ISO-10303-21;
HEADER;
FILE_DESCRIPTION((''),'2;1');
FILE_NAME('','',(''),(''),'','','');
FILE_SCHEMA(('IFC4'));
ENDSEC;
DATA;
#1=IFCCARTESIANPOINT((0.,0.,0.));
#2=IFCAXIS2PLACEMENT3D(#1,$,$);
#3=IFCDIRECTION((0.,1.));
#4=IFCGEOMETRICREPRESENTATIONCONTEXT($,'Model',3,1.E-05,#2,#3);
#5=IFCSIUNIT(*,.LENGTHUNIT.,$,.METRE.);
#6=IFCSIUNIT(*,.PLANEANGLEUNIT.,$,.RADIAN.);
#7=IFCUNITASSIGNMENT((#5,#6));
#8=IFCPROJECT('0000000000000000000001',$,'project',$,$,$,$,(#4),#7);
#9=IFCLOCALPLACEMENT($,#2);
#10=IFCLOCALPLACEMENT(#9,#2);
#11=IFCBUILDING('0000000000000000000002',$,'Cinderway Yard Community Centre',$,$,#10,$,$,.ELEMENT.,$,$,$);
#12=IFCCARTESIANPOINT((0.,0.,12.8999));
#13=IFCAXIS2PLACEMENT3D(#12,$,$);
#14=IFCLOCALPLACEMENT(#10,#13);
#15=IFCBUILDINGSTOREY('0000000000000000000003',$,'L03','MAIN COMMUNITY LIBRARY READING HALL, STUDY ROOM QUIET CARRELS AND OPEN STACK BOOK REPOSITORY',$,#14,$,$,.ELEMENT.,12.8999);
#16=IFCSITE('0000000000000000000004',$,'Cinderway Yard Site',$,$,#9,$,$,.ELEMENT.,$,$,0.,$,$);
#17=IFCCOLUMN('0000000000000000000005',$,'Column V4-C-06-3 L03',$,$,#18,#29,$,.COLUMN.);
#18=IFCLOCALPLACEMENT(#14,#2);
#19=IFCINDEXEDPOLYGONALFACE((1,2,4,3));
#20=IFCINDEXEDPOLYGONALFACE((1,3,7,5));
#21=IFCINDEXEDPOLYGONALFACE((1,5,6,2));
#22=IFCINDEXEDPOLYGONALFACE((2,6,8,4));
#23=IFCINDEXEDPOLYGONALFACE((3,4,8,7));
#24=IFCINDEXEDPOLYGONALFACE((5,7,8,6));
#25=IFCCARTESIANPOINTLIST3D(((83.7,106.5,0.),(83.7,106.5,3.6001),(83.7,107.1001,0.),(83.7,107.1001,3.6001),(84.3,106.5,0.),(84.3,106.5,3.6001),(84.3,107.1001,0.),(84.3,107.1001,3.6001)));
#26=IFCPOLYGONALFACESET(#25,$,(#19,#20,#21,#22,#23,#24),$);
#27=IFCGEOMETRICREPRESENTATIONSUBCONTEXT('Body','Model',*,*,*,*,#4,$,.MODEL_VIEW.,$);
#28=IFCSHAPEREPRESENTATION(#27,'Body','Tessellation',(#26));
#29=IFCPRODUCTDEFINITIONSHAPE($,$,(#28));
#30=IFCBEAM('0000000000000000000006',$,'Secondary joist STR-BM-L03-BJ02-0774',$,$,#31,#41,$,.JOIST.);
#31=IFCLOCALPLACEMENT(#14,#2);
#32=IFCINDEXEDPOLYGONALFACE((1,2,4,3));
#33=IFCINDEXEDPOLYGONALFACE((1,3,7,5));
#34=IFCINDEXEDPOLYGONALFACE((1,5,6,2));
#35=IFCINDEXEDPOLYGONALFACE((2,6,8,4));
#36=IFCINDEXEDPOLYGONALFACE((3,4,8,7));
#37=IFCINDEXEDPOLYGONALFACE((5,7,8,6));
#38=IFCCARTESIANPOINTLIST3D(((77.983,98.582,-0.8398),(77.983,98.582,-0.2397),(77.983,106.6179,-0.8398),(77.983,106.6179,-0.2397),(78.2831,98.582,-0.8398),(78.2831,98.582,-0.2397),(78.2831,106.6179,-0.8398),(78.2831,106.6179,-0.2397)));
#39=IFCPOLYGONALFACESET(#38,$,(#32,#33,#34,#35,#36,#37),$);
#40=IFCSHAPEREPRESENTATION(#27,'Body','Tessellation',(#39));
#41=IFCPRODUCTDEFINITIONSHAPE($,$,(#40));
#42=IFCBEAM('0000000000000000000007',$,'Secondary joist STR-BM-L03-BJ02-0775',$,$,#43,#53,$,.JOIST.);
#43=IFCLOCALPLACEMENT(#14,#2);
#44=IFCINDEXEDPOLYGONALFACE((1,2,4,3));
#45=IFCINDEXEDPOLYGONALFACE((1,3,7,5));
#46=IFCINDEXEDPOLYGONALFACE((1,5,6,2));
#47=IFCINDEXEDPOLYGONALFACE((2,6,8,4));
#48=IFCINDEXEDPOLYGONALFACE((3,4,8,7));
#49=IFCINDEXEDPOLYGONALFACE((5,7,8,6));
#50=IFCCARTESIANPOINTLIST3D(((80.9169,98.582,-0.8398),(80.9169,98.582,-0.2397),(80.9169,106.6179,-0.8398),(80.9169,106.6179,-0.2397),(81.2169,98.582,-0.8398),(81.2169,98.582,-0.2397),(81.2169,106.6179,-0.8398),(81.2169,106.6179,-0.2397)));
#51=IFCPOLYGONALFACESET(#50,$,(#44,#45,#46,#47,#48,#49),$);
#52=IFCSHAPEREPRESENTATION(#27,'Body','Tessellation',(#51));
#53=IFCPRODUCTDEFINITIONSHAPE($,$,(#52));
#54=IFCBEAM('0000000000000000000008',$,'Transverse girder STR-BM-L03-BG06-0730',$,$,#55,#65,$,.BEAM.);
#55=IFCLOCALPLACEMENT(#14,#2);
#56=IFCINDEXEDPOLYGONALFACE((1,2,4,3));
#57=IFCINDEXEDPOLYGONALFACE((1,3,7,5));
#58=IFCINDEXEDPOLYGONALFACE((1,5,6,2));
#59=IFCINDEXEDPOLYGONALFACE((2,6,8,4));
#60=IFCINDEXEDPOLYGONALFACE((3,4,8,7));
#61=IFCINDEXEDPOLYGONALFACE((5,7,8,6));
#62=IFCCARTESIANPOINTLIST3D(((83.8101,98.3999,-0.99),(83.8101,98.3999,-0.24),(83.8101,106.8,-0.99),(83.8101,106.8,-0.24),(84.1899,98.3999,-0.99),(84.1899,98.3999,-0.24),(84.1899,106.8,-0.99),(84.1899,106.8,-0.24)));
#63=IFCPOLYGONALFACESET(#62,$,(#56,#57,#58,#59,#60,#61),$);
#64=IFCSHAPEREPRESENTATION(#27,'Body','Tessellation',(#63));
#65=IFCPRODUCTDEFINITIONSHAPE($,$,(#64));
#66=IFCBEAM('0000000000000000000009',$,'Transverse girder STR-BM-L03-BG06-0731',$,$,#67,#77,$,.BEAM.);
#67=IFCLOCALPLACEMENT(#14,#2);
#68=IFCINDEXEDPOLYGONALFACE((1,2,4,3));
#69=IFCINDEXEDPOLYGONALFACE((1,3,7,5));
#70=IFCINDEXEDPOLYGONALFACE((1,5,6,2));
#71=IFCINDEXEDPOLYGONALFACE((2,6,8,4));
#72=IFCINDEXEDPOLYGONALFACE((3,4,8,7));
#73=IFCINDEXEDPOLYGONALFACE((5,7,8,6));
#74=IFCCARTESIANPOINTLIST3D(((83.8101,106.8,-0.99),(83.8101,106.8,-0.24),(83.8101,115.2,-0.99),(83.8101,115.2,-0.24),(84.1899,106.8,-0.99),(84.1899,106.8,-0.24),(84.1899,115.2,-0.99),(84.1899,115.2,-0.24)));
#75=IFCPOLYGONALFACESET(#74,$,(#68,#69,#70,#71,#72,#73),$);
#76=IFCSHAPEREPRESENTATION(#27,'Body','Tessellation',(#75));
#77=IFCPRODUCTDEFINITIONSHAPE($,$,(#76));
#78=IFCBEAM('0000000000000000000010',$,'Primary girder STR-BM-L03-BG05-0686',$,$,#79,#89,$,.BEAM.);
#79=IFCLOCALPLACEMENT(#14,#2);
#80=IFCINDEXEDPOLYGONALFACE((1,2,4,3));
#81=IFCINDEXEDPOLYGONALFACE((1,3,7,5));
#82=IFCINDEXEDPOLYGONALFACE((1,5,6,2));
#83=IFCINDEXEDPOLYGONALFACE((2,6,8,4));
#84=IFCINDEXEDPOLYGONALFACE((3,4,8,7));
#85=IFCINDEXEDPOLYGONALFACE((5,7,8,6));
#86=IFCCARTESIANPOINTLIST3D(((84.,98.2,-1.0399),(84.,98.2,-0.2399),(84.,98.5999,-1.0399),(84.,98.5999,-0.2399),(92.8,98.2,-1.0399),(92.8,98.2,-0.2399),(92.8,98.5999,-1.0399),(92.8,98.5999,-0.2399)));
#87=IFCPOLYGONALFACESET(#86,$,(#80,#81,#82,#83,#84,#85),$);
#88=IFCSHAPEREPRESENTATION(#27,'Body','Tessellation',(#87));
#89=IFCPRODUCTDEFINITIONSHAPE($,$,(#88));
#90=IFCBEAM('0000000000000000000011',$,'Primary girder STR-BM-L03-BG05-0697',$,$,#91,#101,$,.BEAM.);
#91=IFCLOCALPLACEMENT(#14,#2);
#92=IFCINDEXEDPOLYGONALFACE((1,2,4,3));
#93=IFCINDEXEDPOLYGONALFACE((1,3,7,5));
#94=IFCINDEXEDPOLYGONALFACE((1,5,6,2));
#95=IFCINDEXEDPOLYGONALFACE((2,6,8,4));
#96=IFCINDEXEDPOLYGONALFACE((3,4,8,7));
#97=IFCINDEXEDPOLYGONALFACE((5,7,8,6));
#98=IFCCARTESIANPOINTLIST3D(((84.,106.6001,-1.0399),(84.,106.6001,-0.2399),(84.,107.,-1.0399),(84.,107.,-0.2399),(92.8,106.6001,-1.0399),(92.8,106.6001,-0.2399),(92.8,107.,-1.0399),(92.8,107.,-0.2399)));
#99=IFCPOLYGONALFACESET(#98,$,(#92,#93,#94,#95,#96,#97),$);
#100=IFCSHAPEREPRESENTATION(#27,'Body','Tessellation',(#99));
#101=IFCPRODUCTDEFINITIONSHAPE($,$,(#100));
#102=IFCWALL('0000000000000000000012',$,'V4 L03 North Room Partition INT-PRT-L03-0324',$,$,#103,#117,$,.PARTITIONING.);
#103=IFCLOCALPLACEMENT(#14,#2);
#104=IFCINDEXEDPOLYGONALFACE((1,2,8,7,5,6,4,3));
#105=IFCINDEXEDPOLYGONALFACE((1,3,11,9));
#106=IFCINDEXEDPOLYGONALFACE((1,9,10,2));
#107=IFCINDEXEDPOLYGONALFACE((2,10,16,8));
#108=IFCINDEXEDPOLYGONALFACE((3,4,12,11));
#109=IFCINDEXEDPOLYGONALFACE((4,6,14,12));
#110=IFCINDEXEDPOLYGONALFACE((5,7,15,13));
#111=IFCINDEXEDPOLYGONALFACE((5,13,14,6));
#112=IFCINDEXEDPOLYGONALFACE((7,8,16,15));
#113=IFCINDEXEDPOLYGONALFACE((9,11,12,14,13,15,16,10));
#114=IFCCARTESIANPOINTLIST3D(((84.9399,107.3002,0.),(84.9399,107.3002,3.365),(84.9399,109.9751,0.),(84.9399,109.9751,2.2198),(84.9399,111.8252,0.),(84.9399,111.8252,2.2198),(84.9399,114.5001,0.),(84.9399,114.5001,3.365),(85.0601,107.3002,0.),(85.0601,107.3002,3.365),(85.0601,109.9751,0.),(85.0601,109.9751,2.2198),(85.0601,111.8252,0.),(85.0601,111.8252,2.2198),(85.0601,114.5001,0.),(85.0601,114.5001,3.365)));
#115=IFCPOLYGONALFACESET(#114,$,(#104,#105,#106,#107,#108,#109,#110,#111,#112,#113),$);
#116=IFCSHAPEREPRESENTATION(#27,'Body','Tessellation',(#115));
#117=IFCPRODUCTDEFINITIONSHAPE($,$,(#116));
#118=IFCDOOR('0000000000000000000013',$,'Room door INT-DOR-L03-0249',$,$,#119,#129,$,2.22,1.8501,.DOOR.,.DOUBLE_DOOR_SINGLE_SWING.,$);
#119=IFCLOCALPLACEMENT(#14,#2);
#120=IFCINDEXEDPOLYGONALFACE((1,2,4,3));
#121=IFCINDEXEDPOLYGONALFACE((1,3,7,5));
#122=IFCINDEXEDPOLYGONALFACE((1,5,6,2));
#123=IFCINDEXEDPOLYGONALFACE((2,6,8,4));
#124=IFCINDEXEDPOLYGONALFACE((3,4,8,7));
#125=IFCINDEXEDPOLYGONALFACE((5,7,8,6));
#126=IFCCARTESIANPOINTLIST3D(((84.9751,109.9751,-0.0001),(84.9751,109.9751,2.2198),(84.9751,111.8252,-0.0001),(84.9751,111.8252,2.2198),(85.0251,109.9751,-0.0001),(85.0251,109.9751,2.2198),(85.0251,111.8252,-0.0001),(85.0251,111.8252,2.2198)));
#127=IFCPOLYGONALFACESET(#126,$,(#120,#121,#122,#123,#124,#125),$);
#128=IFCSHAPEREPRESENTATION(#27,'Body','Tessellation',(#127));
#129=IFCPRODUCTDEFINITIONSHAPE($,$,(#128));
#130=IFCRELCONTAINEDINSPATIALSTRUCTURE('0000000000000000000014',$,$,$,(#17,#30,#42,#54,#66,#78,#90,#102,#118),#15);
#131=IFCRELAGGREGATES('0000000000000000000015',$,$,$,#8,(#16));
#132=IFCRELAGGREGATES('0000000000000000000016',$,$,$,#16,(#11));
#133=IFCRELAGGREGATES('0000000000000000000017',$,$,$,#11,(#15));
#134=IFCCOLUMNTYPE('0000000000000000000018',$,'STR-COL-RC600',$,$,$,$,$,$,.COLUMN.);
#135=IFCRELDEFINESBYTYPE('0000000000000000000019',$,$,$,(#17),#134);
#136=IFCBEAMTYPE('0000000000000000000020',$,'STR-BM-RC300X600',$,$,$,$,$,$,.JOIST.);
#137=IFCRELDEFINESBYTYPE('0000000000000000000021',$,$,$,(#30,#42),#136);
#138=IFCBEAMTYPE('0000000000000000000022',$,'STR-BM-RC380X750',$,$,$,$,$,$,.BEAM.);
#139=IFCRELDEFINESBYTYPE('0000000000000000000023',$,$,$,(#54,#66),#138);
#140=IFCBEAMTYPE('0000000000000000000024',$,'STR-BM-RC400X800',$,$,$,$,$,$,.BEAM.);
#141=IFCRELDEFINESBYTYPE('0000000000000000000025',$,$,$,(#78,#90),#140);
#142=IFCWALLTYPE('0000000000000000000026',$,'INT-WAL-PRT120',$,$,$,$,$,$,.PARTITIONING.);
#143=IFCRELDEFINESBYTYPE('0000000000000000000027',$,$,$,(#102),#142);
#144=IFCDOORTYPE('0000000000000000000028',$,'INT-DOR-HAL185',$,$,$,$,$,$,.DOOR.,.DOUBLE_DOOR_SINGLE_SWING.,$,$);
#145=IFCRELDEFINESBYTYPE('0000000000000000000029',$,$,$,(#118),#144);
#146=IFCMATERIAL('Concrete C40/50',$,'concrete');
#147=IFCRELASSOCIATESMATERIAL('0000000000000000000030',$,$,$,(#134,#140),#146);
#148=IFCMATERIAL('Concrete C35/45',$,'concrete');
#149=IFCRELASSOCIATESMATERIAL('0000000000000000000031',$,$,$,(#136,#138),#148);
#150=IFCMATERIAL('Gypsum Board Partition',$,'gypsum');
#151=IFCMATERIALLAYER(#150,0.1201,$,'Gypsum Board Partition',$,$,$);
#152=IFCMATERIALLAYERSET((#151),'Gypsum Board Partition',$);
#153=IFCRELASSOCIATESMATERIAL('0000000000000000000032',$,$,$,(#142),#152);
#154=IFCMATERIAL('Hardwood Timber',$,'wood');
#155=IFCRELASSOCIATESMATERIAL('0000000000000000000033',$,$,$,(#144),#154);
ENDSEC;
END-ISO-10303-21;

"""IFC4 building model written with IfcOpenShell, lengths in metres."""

from ifc_helpers import new_model, si_unit, direction, frame, frame_2d, origin, origin_2d, place, context, subcontext, project, spatial, rectangle, extrude, material, layer, layer_set, material_profile, profile_set, type_object, element, fill, save


model = new_model("IFC4")

# Units and contexts
model_context = context("Model", 3, precision=1e-05, world=origin(), true_north=direction((0.0, 1.0)))
body_context = subcontext(model_context, "Body", "Model", "MODEL_VIEW")
ifc_project = project(units=[si_unit("LENGTHUNIT", "METRE"), si_unit("PLANEANGLEUNIT", "RADIAN")], contexts=[model_context])

# Site, building, storey
site_placement = place(None, origin())
site = spatial("IfcSite", under=ifc_project, at=site_placement, Name="Cinderway Yard Site", CompositionType="ELEMENT", RefElevation=0.0)
building_placement = place(site_placement, origin())
building = spatial("IfcBuilding", under=site, at=building_placement, Name="Cinderway Yard Community Centre", CompositionType="ELEMENT")
storey_placement = place(building_placement, frame((0.0, 0.0, 12.8999)))
storey = spatial("IfcBuildingStorey", under=building, at=storey_placement, Name="L03", Description="MAIN COMMUNITY LIBRARY READING HALL, STUDY ROOM QUIET CARRELS AND OPEN STACK BOOK REPOSITORY", CompositionType="ELEMENT", Elevation=12.8999)

# Column
ifc_material_1 = material(Name="Concrete C40/50", Category="concrete")
ifc_material_profile_1 = material_profile(ifc_material_1, rectangle(XDim=0.6001, YDim=0.6001, at=origin_2d()), Name="Concrete C40/50")
ifc_profile_set_1 = profile_set([ifc_material_profile_1], Name="Concrete C40/50")
column_type = type_object("IfcColumnType", Name="STR-COL-RC600", PredefinedType="COLUMN", material=ifc_profile_set_1)
column_placement = place(storey_placement, frame((84.0, 106.8, 0.0), z_axis=(0.0, 0.0, 1.0), x_axis=(1.0, 0.0, 0.0)))
element("IfcColumn", 1, at=column_placement, inside=storey, type_object=column_type, Name="Column V4-C-06-3 L03", PredefinedType="COLUMN", context=body_context, shape_type="SweptSolid", body=[
    extrude(rectangle(XDim=0.6001, YDim=0.6001, at=origin_2d()), origin(), (0.0, 0.0, 1.0), 3.6001),
])

# Beams
ifc_material_2 = material(Name="Concrete C35/45", Category="concrete")
ifc_material_profile_2 = material_profile(ifc_material_2, rectangle(XDim=0.3, YDim=0.6001, at=origin_2d()), Name="Concrete C35/45")
ifc_profile_set_2 = profile_set([ifc_material_profile_2], Name="Concrete C35/45")
beam_type_1 = type_object("IfcBeamType", Name="STR-BM-RC300X600", PredefinedType="JOIST", material=ifc_profile_set_2)
for number, where, z_axis, x_axis, name in (
    (2, (78.1331, 98.582, -0.5398), (0.0, 1.0, 0.0), (-1.0, 0.0, 0.0), "Secondary joist STR-BM-L03-BJ02-0774"),
    (3, (81.0669, 98.582, -0.5398), (0.0, 1.0, 0.0), (-1.0, 0.0, 0.0), "Secondary joist STR-BM-L03-BJ02-0775"),
):
    element("IfcBeam", number, at=place(storey_placement, frame(where, z_axis=z_axis, x_axis=x_axis)), inside=storey, type_object=beam_type_1, Name=name, PredefinedType="JOIST", context=body_context, shape_type="SweptSolid", body=[
        extrude(rectangle(XDim=0.3, YDim=0.6001, at=origin_2d()), origin(), (0.0, 0.0, 1.0), 8.0359),
    ])
ifc_material_profile_3 = material_profile(ifc_material_2, rectangle(XDim=0.3799, YDim=0.75, at=origin_2d()), Name="Concrete C35/45")
ifc_profile_set_3 = profile_set([ifc_material_profile_3], Name="Concrete C35/45")
beam_type_2 = type_object("IfcBeamType", Name="STR-BM-RC380X750", PredefinedType="BEAM", material=ifc_profile_set_3)
beam_1_placement = place(storey_placement, frame((84.0, 98.3999, -0.615), z_axis=(0.0, 1.0, 0.0), x_axis=(-1.0, 0.0, 0.0)))
element("IfcBeam", 4, at=beam_1_placement, inside=storey, type_object=beam_type_2, Name="Transverse girder STR-BM-L03-BG06-0730", PredefinedType="BEAM", context=body_context, shape_type="SweptSolid", body=[
    extrude(rectangle(XDim=0.3799, YDim=0.75, at=origin_2d()), origin(), (0.0, 0.0, 1.0), 8.4001),
])
beam_2_placement = place(storey_placement, frame((84.0, 106.8, -0.615), z_axis=(0.0, 1.0, 0.0), x_axis=(-1.0, 0.0, 0.0)))
element("IfcBeam", 5, at=beam_2_placement, inside=storey, type_object=beam_type_2, Name="Transverse girder STR-BM-L03-BG06-0731", PredefinedType="BEAM", context=body_context, shape_type="SweptSolid", body=[
    extrude(rectangle(XDim=0.3799, YDim=0.75, at=origin_2d()), origin(), (0.0, 0.0, 1.0), 8.3999),
])
ifc_material_profile_4 = material_profile(ifc_material_1, rectangle(XDim=0.3999, YDim=0.8, at=origin_2d()), Name="Concrete C40/50")
ifc_profile_set_4 = profile_set([ifc_material_profile_4], Name="Concrete C40/50")
beam_type_3 = type_object("IfcBeamType", Name="STR-BM-RC400X800", PredefinedType="BEAM", material=ifc_profile_set_4)
for number, where, z_axis, x_axis, name in (
    (6, (84.0, 98.3999, -0.6399), (1.0, 0.0, 0.0), (0.0, 1.0, 0.0), "Primary girder STR-BM-L03-BG05-0686"),
    (7, (84.0, 106.8, -0.6399), (1.0, 0.0, 0.0), (0.0, 1.0, 0.0), "Primary girder STR-BM-L03-BG05-0697"),
):
    element("IfcBeam", number, at=place(storey_placement, frame(where, z_axis=z_axis, x_axis=x_axis)), inside=storey, type_object=beam_type_3, Name=name, PredefinedType="BEAM", context=body_context, shape_type="SweptSolid", body=[
        extrude(rectangle(XDim=0.3999, YDim=0.8, at=origin_2d()), origin(), (0.0, 0.0, 1.0), 8.8),
    ])

# Wall, opening, door
ifc_material_3 = material(Name="Gypsum Board Partition", Category="gypsum")
ifc_layer_1 = layer(ifc_material_3, 0.1201, Name="Gypsum Board Partition")
ifc_layer_set_1 = layer_set([ifc_layer_1], Name="Gypsum Board Partition")
wall_type_1 = type_object("IfcWallType", Name="INT-WAL-PRT120", PredefinedType="PARTITIONING", material=ifc_layer_set_1)
wall_1_placement = place(storey_placement, frame((85.0, 107.3, 0.0), z_axis=(0.0, 0.0, 1.0), x_axis=(0.0, 1.0, 0.0)))
wall_1 = element("IfcWall", 8, at=wall_1_placement, inside=storey, type_object=wall_type_1, Name="V4 L03 North Room Partition INT-PRT-L03-0324", PredefinedType="PARTITIONING", context=body_context, shape_type="SweptSolid", body=[
    extrude(rectangle(XDim=7.2, YDim=0.1201, at=frame_2d((3.6001, 0.0))), origin(), (0.0, 0.0, 1.0), 3.365),
])
opening_1_placement = place(wall_1_placement, frame((2.675, 0.0, 0.0)))
opening_1 = element("IfcOpeningElement", 9, at=opening_1_placement, cuts=wall_1, PredefinedType="OPENING", context=body_context, shape_type="SweptSolid", body=[
    extrude(rectangle(XDim=1.8501, YDim=2.22, at=frame_2d((0.925, 1.1099))), frame((0.0, 0.0701, 0.0), z_axis=(0.0, -1.0, 0.0), x_axis=(1.0, 0.0, 0.0)), (0.0, 0.0, 1.0), 0.1401),
])
ifc_material_4 = material(Name="Hardwood Timber", Category="wood")
door_type_1 = type_object("IfcDoorType", Name="INT-DOR-HAL185", OperationType="DOUBLE_DOOR_SINGLE_SWING", PredefinedType="DOOR", material=ifc_material_4)
door_1_placement = place(opening_1_placement, origin())
door_1 = element("IfcDoor", 10, at=door_1_placement, inside=storey, type_object=door_type_1, Name="Room door INT-DOR-L03-0249", OperationType="DOUBLE_DOOR_SINGLE_SWING", OverallHeight=2.22, OverallWidth=1.8501, PredefinedType="DOOR", context=body_context, shape_type="SweptSolid", body=[
    extrude(rectangle(XDim=1.8501, YDim=2.22, at=frame_2d((0.925, 1.1099))), frame((0.0, 0.0249, 0.0), z_axis=(0.0, -1.0, 0.0), x_axis=(1.0, 0.0, 0.0)), (0.0, 0.0, 1.0), 0.05),
])
fill(opening_1, door_1)

save(model, "model.ifc")
